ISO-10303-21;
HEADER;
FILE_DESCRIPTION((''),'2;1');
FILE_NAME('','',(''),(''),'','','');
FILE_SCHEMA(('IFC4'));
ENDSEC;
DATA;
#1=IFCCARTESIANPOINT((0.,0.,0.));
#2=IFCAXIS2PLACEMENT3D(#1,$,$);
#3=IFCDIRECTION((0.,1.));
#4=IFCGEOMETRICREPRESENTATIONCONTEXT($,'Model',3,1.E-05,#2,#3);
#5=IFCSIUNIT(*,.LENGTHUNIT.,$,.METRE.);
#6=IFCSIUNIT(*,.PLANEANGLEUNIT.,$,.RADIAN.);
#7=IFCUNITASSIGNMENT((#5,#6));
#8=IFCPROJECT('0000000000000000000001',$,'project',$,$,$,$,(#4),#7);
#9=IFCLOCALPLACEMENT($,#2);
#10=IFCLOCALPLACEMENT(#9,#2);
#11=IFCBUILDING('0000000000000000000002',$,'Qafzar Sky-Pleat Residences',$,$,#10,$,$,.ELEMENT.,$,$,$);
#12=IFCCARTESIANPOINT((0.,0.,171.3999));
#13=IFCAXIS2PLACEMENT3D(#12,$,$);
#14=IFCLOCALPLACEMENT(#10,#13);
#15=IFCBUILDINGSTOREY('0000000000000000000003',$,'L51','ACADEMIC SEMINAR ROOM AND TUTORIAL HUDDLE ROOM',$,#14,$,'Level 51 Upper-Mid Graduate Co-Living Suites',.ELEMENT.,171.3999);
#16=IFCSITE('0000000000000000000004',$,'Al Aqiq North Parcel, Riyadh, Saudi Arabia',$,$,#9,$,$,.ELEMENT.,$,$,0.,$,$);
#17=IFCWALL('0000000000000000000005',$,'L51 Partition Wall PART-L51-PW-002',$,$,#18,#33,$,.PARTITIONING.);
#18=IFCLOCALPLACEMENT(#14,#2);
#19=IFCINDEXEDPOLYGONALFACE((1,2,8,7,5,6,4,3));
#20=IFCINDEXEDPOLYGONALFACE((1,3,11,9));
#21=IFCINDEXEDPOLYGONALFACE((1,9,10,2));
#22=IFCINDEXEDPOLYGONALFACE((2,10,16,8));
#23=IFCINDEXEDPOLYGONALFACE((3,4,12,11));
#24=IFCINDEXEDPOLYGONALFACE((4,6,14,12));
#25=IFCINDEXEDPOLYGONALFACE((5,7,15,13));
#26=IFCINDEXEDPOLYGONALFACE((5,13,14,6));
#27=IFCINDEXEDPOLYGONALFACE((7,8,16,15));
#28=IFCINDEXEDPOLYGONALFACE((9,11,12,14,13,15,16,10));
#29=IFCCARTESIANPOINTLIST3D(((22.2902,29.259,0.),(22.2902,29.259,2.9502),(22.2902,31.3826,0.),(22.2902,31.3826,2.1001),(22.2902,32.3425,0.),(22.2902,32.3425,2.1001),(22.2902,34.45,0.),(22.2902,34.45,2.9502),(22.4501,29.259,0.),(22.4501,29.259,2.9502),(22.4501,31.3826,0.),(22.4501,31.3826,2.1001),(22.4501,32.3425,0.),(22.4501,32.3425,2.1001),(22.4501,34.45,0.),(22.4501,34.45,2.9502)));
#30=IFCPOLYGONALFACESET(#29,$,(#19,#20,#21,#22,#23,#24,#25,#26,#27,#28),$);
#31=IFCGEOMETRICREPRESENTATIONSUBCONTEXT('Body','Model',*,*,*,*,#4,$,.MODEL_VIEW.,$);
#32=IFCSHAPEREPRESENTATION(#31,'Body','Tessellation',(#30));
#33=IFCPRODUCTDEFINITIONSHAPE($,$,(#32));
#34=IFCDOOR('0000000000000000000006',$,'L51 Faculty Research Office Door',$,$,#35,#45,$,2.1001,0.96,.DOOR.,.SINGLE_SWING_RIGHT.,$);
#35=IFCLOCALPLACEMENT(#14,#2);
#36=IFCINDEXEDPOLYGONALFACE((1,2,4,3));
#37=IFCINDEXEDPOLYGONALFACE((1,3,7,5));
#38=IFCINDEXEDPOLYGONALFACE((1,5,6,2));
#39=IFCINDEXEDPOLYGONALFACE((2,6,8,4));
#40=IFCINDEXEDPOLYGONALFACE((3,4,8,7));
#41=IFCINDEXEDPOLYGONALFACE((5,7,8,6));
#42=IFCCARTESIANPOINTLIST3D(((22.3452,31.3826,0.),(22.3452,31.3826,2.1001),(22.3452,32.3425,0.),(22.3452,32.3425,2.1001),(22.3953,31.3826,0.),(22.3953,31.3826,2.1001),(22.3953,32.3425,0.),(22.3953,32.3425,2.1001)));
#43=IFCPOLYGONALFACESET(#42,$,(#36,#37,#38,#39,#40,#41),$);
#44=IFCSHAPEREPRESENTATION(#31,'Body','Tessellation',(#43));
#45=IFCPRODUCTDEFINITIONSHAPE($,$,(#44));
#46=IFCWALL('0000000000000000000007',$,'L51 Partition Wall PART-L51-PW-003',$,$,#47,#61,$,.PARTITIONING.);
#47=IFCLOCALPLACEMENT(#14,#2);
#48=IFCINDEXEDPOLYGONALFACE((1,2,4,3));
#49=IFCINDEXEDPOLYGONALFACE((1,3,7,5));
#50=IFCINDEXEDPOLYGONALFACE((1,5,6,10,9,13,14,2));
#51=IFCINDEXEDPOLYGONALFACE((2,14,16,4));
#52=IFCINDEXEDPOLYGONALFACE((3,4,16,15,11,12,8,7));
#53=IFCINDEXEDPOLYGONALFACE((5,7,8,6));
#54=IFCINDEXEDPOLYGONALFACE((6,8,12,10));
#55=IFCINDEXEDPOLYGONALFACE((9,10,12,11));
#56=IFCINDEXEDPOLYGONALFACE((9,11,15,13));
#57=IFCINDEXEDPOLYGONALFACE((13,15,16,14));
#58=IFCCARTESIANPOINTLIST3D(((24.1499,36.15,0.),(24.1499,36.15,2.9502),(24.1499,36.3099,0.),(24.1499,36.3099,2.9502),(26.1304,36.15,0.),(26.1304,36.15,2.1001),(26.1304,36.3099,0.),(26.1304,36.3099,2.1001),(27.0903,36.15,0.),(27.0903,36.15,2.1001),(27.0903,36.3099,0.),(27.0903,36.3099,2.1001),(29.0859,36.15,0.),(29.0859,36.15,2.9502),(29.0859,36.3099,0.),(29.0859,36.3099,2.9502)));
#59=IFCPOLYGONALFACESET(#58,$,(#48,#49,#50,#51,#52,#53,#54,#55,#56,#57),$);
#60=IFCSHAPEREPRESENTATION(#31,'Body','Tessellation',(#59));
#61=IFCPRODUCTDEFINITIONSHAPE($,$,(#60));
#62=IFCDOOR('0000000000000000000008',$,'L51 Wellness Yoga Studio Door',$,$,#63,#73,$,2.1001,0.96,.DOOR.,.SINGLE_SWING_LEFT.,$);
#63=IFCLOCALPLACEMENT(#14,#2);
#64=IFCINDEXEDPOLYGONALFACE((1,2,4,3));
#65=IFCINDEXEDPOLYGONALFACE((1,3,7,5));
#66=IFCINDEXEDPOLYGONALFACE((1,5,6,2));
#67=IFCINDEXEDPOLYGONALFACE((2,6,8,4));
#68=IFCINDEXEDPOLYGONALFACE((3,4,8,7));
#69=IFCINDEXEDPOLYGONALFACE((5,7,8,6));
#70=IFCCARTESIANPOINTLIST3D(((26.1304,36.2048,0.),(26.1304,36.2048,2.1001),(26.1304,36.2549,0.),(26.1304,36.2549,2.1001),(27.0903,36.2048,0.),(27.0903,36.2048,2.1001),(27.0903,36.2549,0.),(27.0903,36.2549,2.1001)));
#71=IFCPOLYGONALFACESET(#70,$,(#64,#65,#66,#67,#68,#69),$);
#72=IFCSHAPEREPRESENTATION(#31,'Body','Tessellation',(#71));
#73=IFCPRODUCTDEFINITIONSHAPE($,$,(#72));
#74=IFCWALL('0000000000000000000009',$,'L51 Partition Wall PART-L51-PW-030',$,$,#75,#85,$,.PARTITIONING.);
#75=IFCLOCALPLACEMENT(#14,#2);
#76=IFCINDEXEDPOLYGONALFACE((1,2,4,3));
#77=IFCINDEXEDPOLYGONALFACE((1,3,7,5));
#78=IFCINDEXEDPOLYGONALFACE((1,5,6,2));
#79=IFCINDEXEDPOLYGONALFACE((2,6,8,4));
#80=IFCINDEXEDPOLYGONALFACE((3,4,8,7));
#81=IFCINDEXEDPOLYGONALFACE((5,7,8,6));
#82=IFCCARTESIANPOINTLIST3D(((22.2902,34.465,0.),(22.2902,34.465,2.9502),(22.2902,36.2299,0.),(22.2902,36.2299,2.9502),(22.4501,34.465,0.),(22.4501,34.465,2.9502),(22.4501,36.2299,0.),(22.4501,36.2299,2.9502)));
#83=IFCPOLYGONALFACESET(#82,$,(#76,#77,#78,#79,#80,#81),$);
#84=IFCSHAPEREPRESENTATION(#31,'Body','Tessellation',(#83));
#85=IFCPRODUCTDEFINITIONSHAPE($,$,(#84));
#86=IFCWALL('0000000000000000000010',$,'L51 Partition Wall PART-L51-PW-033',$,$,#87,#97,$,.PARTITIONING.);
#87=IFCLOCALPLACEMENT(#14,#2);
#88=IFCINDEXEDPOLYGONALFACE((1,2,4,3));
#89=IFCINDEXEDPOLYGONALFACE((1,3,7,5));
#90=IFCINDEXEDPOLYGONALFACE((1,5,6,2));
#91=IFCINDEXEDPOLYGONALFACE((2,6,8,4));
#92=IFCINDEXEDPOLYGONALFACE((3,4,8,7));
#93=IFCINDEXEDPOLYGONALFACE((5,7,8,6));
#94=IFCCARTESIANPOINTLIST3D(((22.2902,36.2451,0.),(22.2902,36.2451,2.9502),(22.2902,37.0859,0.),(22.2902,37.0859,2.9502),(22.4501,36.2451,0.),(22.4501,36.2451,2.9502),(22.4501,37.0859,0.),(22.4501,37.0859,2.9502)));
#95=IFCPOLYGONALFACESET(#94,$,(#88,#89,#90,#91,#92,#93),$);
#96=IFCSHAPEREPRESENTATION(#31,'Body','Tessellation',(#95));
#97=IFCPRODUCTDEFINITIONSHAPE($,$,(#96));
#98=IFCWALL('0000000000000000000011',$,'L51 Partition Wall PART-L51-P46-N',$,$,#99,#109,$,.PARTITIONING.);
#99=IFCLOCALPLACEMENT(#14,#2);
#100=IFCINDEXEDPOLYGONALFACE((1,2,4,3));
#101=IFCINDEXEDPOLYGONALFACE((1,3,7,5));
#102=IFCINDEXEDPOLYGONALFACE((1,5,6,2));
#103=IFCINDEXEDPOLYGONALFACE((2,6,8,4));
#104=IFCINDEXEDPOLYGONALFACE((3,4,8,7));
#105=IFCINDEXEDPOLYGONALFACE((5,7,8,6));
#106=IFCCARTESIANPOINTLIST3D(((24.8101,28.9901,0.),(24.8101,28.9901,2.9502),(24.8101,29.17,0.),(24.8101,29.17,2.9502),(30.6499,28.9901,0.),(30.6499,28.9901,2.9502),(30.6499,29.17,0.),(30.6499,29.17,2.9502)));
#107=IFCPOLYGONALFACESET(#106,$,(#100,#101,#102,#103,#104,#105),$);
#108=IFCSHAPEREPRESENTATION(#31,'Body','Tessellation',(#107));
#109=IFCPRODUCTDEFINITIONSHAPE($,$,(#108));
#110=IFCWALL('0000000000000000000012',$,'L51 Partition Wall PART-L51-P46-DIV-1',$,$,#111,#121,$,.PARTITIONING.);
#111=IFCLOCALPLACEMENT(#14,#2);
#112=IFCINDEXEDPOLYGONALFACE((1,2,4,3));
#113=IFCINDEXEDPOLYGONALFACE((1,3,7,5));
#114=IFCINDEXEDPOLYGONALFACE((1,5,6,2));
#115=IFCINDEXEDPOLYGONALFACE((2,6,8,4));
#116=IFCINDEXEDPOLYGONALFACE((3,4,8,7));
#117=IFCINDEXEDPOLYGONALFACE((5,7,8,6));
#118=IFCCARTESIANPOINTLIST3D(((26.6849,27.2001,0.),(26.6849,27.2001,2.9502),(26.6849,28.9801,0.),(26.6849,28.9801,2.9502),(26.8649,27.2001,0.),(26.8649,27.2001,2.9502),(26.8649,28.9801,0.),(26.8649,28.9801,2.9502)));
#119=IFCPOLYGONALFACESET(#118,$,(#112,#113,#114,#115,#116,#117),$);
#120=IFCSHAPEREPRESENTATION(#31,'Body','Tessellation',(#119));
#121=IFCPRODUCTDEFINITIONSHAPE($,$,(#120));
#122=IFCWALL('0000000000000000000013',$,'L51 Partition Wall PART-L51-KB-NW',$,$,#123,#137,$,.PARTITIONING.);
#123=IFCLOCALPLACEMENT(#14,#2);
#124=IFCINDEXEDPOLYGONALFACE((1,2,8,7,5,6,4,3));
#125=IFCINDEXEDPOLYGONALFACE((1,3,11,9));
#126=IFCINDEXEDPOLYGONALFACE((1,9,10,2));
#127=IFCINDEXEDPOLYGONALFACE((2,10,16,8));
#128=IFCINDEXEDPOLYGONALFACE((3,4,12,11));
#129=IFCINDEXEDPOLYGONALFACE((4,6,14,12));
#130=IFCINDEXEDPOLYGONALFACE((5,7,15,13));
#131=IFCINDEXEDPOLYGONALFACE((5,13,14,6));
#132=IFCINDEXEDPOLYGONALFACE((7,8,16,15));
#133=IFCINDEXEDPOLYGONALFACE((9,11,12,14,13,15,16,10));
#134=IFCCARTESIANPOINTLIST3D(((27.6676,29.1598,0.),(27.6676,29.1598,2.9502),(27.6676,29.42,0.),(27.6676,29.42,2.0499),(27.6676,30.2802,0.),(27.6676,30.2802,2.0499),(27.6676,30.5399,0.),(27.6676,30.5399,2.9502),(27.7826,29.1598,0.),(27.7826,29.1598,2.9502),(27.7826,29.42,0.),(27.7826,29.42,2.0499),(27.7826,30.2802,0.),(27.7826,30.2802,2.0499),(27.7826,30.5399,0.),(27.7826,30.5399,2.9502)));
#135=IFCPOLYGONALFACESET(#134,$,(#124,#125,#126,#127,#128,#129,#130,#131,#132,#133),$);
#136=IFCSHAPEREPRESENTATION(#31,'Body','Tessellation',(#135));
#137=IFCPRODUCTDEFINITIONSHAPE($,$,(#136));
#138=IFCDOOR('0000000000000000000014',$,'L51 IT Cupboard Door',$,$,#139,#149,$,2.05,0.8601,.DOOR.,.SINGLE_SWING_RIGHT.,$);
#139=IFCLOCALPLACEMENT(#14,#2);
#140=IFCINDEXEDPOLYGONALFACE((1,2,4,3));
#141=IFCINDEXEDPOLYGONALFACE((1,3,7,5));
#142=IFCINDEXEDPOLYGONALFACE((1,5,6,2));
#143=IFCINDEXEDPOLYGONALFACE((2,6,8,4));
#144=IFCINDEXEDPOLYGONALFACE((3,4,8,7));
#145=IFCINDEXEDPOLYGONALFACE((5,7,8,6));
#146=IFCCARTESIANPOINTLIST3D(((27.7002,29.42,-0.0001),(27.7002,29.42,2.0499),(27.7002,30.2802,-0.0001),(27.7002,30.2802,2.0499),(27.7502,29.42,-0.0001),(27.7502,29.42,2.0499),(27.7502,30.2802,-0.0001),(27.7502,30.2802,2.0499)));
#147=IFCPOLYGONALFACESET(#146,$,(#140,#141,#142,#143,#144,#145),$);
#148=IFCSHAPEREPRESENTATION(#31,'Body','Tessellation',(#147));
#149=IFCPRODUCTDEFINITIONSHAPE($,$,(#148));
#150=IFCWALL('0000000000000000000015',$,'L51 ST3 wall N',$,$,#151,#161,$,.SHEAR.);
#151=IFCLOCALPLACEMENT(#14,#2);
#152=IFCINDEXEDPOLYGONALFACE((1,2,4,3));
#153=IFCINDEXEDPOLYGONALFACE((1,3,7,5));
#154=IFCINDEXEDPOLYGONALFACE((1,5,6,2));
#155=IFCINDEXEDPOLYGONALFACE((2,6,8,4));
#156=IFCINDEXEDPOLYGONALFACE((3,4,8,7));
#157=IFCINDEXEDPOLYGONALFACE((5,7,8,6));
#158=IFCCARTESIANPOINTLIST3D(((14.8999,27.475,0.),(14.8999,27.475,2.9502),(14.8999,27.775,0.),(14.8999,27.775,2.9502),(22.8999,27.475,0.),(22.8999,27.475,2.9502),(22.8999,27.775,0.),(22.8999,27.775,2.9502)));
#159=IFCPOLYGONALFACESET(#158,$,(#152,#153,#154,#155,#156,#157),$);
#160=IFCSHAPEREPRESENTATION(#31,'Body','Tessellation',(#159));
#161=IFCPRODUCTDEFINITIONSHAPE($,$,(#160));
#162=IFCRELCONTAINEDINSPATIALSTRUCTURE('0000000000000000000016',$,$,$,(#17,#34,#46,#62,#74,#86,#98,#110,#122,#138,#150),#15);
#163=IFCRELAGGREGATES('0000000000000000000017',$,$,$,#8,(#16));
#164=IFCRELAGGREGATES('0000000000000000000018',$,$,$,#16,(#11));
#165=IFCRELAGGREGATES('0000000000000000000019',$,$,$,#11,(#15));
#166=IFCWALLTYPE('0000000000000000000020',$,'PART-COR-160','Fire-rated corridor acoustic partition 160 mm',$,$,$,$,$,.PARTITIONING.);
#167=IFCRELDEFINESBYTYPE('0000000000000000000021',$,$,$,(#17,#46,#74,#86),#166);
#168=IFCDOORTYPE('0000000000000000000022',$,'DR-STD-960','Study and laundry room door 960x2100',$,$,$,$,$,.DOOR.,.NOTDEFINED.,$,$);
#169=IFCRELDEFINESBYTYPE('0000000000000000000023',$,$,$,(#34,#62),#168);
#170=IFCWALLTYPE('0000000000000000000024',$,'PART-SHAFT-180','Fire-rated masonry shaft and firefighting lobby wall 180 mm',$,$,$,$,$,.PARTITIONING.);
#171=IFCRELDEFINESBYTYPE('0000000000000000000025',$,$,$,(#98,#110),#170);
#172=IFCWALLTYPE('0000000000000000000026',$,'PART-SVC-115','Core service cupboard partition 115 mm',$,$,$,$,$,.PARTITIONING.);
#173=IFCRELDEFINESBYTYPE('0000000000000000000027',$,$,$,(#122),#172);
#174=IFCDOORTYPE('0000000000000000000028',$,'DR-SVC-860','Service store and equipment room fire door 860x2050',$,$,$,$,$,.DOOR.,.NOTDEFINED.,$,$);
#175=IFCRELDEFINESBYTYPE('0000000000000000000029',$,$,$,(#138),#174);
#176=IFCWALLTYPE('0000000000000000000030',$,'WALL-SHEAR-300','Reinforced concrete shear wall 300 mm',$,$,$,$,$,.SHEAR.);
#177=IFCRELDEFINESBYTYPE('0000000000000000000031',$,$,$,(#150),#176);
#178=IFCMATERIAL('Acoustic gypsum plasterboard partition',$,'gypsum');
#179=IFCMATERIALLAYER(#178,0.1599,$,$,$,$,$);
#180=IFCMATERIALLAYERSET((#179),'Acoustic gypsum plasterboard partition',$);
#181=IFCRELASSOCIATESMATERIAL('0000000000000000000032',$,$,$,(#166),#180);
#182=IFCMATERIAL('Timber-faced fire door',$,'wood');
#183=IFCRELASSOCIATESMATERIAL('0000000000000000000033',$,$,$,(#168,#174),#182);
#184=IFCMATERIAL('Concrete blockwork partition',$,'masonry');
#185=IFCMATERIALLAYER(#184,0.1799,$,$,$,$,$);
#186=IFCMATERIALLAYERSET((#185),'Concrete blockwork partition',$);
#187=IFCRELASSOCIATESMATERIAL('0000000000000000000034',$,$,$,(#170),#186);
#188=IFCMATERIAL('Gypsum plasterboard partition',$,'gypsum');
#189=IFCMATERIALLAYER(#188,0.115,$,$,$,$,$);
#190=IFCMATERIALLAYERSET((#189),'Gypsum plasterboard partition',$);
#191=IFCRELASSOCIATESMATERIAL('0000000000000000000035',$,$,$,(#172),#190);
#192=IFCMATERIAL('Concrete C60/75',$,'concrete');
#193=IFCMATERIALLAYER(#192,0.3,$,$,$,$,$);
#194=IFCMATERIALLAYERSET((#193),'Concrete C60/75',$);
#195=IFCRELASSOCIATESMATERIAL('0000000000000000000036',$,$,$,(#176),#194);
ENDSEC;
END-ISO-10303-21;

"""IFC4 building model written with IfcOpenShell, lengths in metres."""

from ifc_helpers import new_model, si_unit, direction, frame, frame_2d, origin, place, context, subcontext, project, spatial, rectangle, extrude, source, transform, mapped, material, layer, layer_set, type_object, element, fill, save


model = new_model("IFC4")

# Units and contexts
model_context = context("Model", 3, precision=1e-05, world=origin(), true_north=direction((0.0, 1.0)))
body_context = subcontext(model_context, "Body", "Model", "MODEL_VIEW")
ifc_project = project(units=[si_unit("LENGTHUNIT", "METRE"), si_unit("PLANEANGLEUNIT", "RADIAN")], contexts=[model_context])

# Site, building, storey
site_placement = place(None, origin())
site = spatial("IfcSite", under=ifc_project, at=site_placement, Name="Al Aqiq North Parcel, Riyadh, Saudi Arabia", CompositionType="ELEMENT", RefElevation=0.0)
building_placement = place(site_placement, origin())
building = spatial("IfcBuilding", under=site, at=building_placement, Name="Qafzar Sky-Pleat Residences", CompositionType="ELEMENT")
storey_placement = place(building_placement, frame((0.0, 0.0, 171.3999)))
storey = spatial("IfcBuildingStorey", under=building, at=storey_placement, Name="L51", Description="ACADEMIC SEMINAR ROOM AND TUTORIAL HUDDLE ROOM", LongName="Level 51 Upper-Mid Graduate Co-Living Suites", CompositionType="ELEMENT", Elevation=171.3999)

# Walls, openings, doors
ifc_material_1 = material(Name="Acoustic gypsum plasterboard partition", Category="gypsum")
ifc_layer_1 = layer(ifc_material_1, 0.1599)
ifc_layer_set_1 = layer_set([ifc_layer_1], Name="Acoustic gypsum plasterboard partition")
wall_type_1 = type_object("IfcWallType", Name="PART-COR-160", Description="Fire-rated corridor acoustic partition 160 mm", PredefinedType="PARTITIONING", material=ifc_layer_set_1)
wall_1_placement = place(storey_placement, frame((22.3701, 29.259, 0.0), z_axis=(0.0, 0.0, 1.0), x_axis=(0.0, 1.0, 0.0)))
wall_1 = element("IfcWall", 1, at=wall_1_placement, inside=storey, type_object=wall_type_1, Name="L51 Partition Wall PART-L51-PW-002", PredefinedType="PARTITIONING", context=body_context, shape_type="SweptSolid", body=[
    extrude(rectangle(XDim=5.1909, YDim=0.1599, at=frame_2d((2.5955, 0.0))), origin(), (0.0, 0.0, 1.0), 2.9502),
])
opening_1_placement = place(wall_1_placement, frame((2.1235, 0.0, 0.0)))
opening_1 = element("IfcOpeningElement", 2, at=opening_1_placement, cuts=wall_1, PredefinedType="OPENING", context=body_context, shape_type="SweptSolid", body=[
    extrude(rectangle(XDim=0.96, YDim=2.1001, at=frame_2d((0.48, 1.05))), frame((0.0, 0.0898, 0.0), z_axis=(0.0, -1.0, 0.0), x_axis=(1.0, 0.0, 0.0)), (0.0, 0.0, 1.0), 0.1799),
])
ifc_material_2 = material(Name="Timber-faced fire door", Category="wood")
door_type_1 = type_object("IfcDoorType", Name="DR-STD-960", Description="Study and laundry room door 960x2100", OperationType="NOTDEFINED", PredefinedType="DOOR", material=ifc_material_2)
shared_shape_1 = source(origin(), body_context, "Body", "SweptSolid", [
    extrude(rectangle(XDim=0.96, YDim=2.1001, at=frame_2d((0.48, 1.05))), frame((0.0, 0.0249, 0.0), z_axis=(0.0, -1.0, 0.0), x_axis=(1.0, 0.0, 0.0)), (0.0, 0.0, 1.0), 0.05),
])
door_1_placement = place(opening_1_placement, origin())
door_1 = element("IfcDoor", 3, at=door_1_placement, inside=storey, type_object=door_type_1, Name="L51 Faculty Research Office Door", OperationType="SINGLE_SWING_RIGHT", OverallHeight=2.1001, OverallWidth=0.96, PredefinedType="DOOR", context=body_context, shape_type="MappedRepresentation", body=[
    mapped(shared_shape_1, transform((0.0, 0.0, 0.0), x_axis=(1.0, 0.0, 0.0), y_axis=(0.0, 1.0, 0.0), z_axis=(0.0, 0.0, 1.0), scale=1.0)),
])
fill(opening_1, door_1)
wall_2_placement = place(storey_placement, frame((24.1499, 36.23, 0.0), z_axis=(0.0, 0.0, 1.0), x_axis=(1.0, 0.0, 0.0)))
wall_2 = element("IfcWall", 4, at=wall_2_placement, inside=storey, type_object=wall_type_1, Name="L51 Partition Wall PART-L51-PW-003", PredefinedType="PARTITIONING", context=body_context, shape_type="SweptSolid", body=[
    extrude(rectangle(XDim=4.936, YDim=0.1599, at=frame_2d((2.468, 0.0))), origin(), (0.0, 0.0, 1.0), 2.9502),
])
opening_2_placement = place(wall_2_placement, frame((1.9805, 0.0, 0.0)))
opening_2 = element("IfcOpeningElement", 5, at=opening_2_placement, cuts=wall_2, PredefinedType="OPENING", context=body_context, shape_type="SweptSolid", body=[
    extrude(rectangle(XDim=0.96, YDim=2.1001, at=frame_2d((0.48, 1.05))), frame((0.0, 0.0898, 0.0), z_axis=(0.0, -1.0, 0.0), x_axis=(1.0, 0.0, 0.0)), (0.0, 0.0, 1.0), 0.1799),
])
door_2_placement = place(opening_2_placement, origin())
door_2 = element("IfcDoor", 6, at=door_2_placement, inside=storey, type_object=door_type_1, Name="L51 Wellness Yoga Studio Door", OperationType="SINGLE_SWING_LEFT", OverallHeight=2.1001, OverallWidth=0.96, PredefinedType="DOOR", context=body_context, shape_type="MappedRepresentation", body=[
    mapped(shared_shape_1, transform((0.0, 0.0, 0.0), x_axis=(1.0, 0.0, 0.0), y_axis=(0.0, 1.0, 0.0), z_axis=(0.0, 0.0, 1.0), scale=1.0)),
])
fill(opening_2, door_2)

# Walls
wall_3_placement = place(storey_placement, frame((22.3701, 34.4651, 0.0), z_axis=(0.0, 0.0, 1.0), x_axis=(0.0, 1.0, 0.0)))
element("IfcWall", 7, at=wall_3_placement, inside=storey, type_object=wall_type_1, Name="L51 Partition Wall PART-L51-PW-030", PredefinedType="PARTITIONING", context=body_context, shape_type="SweptSolid", body=[
    extrude(rectangle(XDim=1.7649, YDim=0.1599, at=frame_2d((0.8823, 0.0))), origin(), (0.0, 0.0, 1.0), 2.9502),
])
wall_4_placement = place(storey_placement, frame((22.3701, 36.2451, 0.0), z_axis=(0.0, 0.0, 1.0), x_axis=(0.0, 1.0, 0.0)))
element("IfcWall", 8, at=wall_4_placement, inside=storey, type_object=wall_type_1, Name="L51 Partition Wall PART-L51-PW-033", PredefinedType="PARTITIONING", context=body_context, shape_type="SweptSolid", body=[
    extrude(rectangle(XDim=0.8408, YDim=0.1599, at=frame_2d((0.4204, 0.0))), origin(), (0.0, 0.0, 1.0), 2.9502),
])
ifc_material_3 = material(Name="Concrete blockwork partition", Category="masonry")
ifc_layer_2 = layer(ifc_material_3, 0.1799)
ifc_layer_set_2 = layer_set([ifc_layer_2], Name="Concrete blockwork partition")
wall_type_2 = type_object("IfcWallType", Name="PART-SHAFT-180", Description="Fire-rated masonry shaft and firefighting lobby wall 180 mm", PredefinedType="PARTITIONING", material=ifc_layer_set_2)
wall_5_placement = place(storey_placement, frame((24.8101, 29.0801, 0.0), z_axis=(0.0, 0.0, 1.0), x_axis=(1.0, 0.0, 0.0)))
element("IfcWall", 9, at=wall_5_placement, inside=storey, type_object=wall_type_2, Name="L51 Partition Wall PART-L51-P46-N", PredefinedType="PARTITIONING", context=body_context, shape_type="SweptSolid", body=[
    extrude(rectangle(XDim=5.8398, YDim=0.1799, at=frame_2d((2.9199, 0.0))), origin(), (0.0, 0.0, 1.0), 2.9502),
])

# Wall
wall_6_placement = place(storey_placement, frame((26.7749, 27.2, 0.0), z_axis=(0.0, 0.0, 1.0), x_axis=(0.0, 1.0, 0.0)))
element("IfcWall", 10, at=wall_6_placement, inside=storey, type_object=wall_type_2, Name="L51 Partition Wall PART-L51-P46-DIV-1", PredefinedType="PARTITIONING", context=body_context, shape_type="SweptSolid", body=[
    extrude(rectangle(XDim=1.78, YDim=0.1799, at=frame_2d((0.8901, 0.0))), origin(), (0.0, 0.0, 1.0), 2.9502),
])

# Wall, opening, door
ifc_material_4 = material(Name="Gypsum plasterboard partition", Category="gypsum")
ifc_layer_3 = layer(ifc_material_4, 0.115)
ifc_layer_set_3 = layer_set([ifc_layer_3], Name="Gypsum plasterboard partition")
wall_type_3 = type_object("IfcWallType", Name="PART-SVC-115", Description="Core service cupboard partition 115 mm", PredefinedType="PARTITIONING", material=ifc_layer_set_3)
wall_7_placement = place(storey_placement, frame((27.7251, 29.1599, 0.0), z_axis=(0.0, 0.0, 1.0), x_axis=(0.0, 1.0, 0.0)))
wall_7 = element("IfcWall", 11, at=wall_7_placement, inside=storey, type_object=wall_type_3, Name="L51 Partition Wall PART-L51-KB-NW", PredefinedType="PARTITIONING", context=body_context, shape_type="SweptSolid", body=[
    extrude(rectangle(XDim=1.3801, YDim=0.115, at=frame_2d((0.6899, 0.0))), origin(), (0.0, 0.0, 1.0), 2.9502),
])
opening_3_placement = place(wall_7_placement, frame((0.26, 0.0, 0.0)))
opening_3 = element("IfcOpeningElement", 12, at=opening_3_placement, cuts=wall_7, PredefinedType="OPENING", context=body_context, shape_type="SweptSolid", body=[
    extrude(rectangle(XDim=0.8601, YDim=2.05, at=frame_2d((0.4302, 1.0249))), frame((0.0, 0.0674, 0.0), z_axis=(0.0, -1.0, 0.0), x_axis=(1.0, 0.0, 0.0)), (0.0, 0.0, 1.0), 0.135),
])
door_type_2 = type_object("IfcDoorType", Name="DR-SVC-860", Description="Service store and equipment room fire door 860x2050", OperationType="NOTDEFINED", PredefinedType="DOOR", material=ifc_material_2)
shared_shape_2 = source(origin(), body_context, "Body", "SweptSolid", [
    extrude(rectangle(XDim=0.8601, YDim=2.05, at=frame_2d((0.4302, 1.0249))), frame((0.0, 0.0249, 0.0), z_axis=(0.0, -1.0, 0.0), x_axis=(1.0, 0.0, 0.0)), (0.0, 0.0, 1.0), 0.05),
])
door_3_placement = place(opening_3_placement, origin())
door_3 = element("IfcDoor", 13, at=door_3_placement, inside=storey, type_object=door_type_2, Name="L51 IT Cupboard Door", OperationType="SINGLE_SWING_RIGHT", OverallHeight=2.05, OverallWidth=0.8601, PredefinedType="DOOR", context=body_context, shape_type="MappedRepresentation", body=[
    mapped(shared_shape_2, transform((0.0, 0.0, 0.0), x_axis=(1.0, 0.0, 0.0), y_axis=(0.0, 1.0, 0.0), z_axis=(0.0, 0.0, 1.0), scale=1.0)),
])
fill(opening_3, door_3)

# Shared definitions
ifc_material_5 = material(Name="Concrete C60/75", Category="concrete")
ifc_layer_4 = layer(ifc_material_5, 0.3)
ifc_layer_set_4 = layer_set([ifc_layer_4], Name="Concrete C60/75")
wall_type_4 = type_object("IfcWallType", Name="WALL-SHEAR-300", Description="Reinforced concrete shear wall 300 mm", PredefinedType="SHEAR", material=ifc_layer_set_4)

# Wall
wall_8_placement = place(storey_placement, frame((22.8999, 27.625, 0.0), z_axis=(0.0, 0.0, 1.0), x_axis=(-1.0, 0.0, 0.0)))
element("IfcWall", 14, at=wall_8_placement, inside=storey, type_object=wall_type_4, Name="L51 ST3 wall N", PredefinedType="SHEAR", context=body_context, shape_type="SweptSolid", body=[
    extrude(rectangle(XDim=8.0, YDim=0.3, at=frame_2d((4.0, 0.0))), origin(), (0.0, 0.0, 1.0), 2.9502),
])

save(model, "model.ifc")
